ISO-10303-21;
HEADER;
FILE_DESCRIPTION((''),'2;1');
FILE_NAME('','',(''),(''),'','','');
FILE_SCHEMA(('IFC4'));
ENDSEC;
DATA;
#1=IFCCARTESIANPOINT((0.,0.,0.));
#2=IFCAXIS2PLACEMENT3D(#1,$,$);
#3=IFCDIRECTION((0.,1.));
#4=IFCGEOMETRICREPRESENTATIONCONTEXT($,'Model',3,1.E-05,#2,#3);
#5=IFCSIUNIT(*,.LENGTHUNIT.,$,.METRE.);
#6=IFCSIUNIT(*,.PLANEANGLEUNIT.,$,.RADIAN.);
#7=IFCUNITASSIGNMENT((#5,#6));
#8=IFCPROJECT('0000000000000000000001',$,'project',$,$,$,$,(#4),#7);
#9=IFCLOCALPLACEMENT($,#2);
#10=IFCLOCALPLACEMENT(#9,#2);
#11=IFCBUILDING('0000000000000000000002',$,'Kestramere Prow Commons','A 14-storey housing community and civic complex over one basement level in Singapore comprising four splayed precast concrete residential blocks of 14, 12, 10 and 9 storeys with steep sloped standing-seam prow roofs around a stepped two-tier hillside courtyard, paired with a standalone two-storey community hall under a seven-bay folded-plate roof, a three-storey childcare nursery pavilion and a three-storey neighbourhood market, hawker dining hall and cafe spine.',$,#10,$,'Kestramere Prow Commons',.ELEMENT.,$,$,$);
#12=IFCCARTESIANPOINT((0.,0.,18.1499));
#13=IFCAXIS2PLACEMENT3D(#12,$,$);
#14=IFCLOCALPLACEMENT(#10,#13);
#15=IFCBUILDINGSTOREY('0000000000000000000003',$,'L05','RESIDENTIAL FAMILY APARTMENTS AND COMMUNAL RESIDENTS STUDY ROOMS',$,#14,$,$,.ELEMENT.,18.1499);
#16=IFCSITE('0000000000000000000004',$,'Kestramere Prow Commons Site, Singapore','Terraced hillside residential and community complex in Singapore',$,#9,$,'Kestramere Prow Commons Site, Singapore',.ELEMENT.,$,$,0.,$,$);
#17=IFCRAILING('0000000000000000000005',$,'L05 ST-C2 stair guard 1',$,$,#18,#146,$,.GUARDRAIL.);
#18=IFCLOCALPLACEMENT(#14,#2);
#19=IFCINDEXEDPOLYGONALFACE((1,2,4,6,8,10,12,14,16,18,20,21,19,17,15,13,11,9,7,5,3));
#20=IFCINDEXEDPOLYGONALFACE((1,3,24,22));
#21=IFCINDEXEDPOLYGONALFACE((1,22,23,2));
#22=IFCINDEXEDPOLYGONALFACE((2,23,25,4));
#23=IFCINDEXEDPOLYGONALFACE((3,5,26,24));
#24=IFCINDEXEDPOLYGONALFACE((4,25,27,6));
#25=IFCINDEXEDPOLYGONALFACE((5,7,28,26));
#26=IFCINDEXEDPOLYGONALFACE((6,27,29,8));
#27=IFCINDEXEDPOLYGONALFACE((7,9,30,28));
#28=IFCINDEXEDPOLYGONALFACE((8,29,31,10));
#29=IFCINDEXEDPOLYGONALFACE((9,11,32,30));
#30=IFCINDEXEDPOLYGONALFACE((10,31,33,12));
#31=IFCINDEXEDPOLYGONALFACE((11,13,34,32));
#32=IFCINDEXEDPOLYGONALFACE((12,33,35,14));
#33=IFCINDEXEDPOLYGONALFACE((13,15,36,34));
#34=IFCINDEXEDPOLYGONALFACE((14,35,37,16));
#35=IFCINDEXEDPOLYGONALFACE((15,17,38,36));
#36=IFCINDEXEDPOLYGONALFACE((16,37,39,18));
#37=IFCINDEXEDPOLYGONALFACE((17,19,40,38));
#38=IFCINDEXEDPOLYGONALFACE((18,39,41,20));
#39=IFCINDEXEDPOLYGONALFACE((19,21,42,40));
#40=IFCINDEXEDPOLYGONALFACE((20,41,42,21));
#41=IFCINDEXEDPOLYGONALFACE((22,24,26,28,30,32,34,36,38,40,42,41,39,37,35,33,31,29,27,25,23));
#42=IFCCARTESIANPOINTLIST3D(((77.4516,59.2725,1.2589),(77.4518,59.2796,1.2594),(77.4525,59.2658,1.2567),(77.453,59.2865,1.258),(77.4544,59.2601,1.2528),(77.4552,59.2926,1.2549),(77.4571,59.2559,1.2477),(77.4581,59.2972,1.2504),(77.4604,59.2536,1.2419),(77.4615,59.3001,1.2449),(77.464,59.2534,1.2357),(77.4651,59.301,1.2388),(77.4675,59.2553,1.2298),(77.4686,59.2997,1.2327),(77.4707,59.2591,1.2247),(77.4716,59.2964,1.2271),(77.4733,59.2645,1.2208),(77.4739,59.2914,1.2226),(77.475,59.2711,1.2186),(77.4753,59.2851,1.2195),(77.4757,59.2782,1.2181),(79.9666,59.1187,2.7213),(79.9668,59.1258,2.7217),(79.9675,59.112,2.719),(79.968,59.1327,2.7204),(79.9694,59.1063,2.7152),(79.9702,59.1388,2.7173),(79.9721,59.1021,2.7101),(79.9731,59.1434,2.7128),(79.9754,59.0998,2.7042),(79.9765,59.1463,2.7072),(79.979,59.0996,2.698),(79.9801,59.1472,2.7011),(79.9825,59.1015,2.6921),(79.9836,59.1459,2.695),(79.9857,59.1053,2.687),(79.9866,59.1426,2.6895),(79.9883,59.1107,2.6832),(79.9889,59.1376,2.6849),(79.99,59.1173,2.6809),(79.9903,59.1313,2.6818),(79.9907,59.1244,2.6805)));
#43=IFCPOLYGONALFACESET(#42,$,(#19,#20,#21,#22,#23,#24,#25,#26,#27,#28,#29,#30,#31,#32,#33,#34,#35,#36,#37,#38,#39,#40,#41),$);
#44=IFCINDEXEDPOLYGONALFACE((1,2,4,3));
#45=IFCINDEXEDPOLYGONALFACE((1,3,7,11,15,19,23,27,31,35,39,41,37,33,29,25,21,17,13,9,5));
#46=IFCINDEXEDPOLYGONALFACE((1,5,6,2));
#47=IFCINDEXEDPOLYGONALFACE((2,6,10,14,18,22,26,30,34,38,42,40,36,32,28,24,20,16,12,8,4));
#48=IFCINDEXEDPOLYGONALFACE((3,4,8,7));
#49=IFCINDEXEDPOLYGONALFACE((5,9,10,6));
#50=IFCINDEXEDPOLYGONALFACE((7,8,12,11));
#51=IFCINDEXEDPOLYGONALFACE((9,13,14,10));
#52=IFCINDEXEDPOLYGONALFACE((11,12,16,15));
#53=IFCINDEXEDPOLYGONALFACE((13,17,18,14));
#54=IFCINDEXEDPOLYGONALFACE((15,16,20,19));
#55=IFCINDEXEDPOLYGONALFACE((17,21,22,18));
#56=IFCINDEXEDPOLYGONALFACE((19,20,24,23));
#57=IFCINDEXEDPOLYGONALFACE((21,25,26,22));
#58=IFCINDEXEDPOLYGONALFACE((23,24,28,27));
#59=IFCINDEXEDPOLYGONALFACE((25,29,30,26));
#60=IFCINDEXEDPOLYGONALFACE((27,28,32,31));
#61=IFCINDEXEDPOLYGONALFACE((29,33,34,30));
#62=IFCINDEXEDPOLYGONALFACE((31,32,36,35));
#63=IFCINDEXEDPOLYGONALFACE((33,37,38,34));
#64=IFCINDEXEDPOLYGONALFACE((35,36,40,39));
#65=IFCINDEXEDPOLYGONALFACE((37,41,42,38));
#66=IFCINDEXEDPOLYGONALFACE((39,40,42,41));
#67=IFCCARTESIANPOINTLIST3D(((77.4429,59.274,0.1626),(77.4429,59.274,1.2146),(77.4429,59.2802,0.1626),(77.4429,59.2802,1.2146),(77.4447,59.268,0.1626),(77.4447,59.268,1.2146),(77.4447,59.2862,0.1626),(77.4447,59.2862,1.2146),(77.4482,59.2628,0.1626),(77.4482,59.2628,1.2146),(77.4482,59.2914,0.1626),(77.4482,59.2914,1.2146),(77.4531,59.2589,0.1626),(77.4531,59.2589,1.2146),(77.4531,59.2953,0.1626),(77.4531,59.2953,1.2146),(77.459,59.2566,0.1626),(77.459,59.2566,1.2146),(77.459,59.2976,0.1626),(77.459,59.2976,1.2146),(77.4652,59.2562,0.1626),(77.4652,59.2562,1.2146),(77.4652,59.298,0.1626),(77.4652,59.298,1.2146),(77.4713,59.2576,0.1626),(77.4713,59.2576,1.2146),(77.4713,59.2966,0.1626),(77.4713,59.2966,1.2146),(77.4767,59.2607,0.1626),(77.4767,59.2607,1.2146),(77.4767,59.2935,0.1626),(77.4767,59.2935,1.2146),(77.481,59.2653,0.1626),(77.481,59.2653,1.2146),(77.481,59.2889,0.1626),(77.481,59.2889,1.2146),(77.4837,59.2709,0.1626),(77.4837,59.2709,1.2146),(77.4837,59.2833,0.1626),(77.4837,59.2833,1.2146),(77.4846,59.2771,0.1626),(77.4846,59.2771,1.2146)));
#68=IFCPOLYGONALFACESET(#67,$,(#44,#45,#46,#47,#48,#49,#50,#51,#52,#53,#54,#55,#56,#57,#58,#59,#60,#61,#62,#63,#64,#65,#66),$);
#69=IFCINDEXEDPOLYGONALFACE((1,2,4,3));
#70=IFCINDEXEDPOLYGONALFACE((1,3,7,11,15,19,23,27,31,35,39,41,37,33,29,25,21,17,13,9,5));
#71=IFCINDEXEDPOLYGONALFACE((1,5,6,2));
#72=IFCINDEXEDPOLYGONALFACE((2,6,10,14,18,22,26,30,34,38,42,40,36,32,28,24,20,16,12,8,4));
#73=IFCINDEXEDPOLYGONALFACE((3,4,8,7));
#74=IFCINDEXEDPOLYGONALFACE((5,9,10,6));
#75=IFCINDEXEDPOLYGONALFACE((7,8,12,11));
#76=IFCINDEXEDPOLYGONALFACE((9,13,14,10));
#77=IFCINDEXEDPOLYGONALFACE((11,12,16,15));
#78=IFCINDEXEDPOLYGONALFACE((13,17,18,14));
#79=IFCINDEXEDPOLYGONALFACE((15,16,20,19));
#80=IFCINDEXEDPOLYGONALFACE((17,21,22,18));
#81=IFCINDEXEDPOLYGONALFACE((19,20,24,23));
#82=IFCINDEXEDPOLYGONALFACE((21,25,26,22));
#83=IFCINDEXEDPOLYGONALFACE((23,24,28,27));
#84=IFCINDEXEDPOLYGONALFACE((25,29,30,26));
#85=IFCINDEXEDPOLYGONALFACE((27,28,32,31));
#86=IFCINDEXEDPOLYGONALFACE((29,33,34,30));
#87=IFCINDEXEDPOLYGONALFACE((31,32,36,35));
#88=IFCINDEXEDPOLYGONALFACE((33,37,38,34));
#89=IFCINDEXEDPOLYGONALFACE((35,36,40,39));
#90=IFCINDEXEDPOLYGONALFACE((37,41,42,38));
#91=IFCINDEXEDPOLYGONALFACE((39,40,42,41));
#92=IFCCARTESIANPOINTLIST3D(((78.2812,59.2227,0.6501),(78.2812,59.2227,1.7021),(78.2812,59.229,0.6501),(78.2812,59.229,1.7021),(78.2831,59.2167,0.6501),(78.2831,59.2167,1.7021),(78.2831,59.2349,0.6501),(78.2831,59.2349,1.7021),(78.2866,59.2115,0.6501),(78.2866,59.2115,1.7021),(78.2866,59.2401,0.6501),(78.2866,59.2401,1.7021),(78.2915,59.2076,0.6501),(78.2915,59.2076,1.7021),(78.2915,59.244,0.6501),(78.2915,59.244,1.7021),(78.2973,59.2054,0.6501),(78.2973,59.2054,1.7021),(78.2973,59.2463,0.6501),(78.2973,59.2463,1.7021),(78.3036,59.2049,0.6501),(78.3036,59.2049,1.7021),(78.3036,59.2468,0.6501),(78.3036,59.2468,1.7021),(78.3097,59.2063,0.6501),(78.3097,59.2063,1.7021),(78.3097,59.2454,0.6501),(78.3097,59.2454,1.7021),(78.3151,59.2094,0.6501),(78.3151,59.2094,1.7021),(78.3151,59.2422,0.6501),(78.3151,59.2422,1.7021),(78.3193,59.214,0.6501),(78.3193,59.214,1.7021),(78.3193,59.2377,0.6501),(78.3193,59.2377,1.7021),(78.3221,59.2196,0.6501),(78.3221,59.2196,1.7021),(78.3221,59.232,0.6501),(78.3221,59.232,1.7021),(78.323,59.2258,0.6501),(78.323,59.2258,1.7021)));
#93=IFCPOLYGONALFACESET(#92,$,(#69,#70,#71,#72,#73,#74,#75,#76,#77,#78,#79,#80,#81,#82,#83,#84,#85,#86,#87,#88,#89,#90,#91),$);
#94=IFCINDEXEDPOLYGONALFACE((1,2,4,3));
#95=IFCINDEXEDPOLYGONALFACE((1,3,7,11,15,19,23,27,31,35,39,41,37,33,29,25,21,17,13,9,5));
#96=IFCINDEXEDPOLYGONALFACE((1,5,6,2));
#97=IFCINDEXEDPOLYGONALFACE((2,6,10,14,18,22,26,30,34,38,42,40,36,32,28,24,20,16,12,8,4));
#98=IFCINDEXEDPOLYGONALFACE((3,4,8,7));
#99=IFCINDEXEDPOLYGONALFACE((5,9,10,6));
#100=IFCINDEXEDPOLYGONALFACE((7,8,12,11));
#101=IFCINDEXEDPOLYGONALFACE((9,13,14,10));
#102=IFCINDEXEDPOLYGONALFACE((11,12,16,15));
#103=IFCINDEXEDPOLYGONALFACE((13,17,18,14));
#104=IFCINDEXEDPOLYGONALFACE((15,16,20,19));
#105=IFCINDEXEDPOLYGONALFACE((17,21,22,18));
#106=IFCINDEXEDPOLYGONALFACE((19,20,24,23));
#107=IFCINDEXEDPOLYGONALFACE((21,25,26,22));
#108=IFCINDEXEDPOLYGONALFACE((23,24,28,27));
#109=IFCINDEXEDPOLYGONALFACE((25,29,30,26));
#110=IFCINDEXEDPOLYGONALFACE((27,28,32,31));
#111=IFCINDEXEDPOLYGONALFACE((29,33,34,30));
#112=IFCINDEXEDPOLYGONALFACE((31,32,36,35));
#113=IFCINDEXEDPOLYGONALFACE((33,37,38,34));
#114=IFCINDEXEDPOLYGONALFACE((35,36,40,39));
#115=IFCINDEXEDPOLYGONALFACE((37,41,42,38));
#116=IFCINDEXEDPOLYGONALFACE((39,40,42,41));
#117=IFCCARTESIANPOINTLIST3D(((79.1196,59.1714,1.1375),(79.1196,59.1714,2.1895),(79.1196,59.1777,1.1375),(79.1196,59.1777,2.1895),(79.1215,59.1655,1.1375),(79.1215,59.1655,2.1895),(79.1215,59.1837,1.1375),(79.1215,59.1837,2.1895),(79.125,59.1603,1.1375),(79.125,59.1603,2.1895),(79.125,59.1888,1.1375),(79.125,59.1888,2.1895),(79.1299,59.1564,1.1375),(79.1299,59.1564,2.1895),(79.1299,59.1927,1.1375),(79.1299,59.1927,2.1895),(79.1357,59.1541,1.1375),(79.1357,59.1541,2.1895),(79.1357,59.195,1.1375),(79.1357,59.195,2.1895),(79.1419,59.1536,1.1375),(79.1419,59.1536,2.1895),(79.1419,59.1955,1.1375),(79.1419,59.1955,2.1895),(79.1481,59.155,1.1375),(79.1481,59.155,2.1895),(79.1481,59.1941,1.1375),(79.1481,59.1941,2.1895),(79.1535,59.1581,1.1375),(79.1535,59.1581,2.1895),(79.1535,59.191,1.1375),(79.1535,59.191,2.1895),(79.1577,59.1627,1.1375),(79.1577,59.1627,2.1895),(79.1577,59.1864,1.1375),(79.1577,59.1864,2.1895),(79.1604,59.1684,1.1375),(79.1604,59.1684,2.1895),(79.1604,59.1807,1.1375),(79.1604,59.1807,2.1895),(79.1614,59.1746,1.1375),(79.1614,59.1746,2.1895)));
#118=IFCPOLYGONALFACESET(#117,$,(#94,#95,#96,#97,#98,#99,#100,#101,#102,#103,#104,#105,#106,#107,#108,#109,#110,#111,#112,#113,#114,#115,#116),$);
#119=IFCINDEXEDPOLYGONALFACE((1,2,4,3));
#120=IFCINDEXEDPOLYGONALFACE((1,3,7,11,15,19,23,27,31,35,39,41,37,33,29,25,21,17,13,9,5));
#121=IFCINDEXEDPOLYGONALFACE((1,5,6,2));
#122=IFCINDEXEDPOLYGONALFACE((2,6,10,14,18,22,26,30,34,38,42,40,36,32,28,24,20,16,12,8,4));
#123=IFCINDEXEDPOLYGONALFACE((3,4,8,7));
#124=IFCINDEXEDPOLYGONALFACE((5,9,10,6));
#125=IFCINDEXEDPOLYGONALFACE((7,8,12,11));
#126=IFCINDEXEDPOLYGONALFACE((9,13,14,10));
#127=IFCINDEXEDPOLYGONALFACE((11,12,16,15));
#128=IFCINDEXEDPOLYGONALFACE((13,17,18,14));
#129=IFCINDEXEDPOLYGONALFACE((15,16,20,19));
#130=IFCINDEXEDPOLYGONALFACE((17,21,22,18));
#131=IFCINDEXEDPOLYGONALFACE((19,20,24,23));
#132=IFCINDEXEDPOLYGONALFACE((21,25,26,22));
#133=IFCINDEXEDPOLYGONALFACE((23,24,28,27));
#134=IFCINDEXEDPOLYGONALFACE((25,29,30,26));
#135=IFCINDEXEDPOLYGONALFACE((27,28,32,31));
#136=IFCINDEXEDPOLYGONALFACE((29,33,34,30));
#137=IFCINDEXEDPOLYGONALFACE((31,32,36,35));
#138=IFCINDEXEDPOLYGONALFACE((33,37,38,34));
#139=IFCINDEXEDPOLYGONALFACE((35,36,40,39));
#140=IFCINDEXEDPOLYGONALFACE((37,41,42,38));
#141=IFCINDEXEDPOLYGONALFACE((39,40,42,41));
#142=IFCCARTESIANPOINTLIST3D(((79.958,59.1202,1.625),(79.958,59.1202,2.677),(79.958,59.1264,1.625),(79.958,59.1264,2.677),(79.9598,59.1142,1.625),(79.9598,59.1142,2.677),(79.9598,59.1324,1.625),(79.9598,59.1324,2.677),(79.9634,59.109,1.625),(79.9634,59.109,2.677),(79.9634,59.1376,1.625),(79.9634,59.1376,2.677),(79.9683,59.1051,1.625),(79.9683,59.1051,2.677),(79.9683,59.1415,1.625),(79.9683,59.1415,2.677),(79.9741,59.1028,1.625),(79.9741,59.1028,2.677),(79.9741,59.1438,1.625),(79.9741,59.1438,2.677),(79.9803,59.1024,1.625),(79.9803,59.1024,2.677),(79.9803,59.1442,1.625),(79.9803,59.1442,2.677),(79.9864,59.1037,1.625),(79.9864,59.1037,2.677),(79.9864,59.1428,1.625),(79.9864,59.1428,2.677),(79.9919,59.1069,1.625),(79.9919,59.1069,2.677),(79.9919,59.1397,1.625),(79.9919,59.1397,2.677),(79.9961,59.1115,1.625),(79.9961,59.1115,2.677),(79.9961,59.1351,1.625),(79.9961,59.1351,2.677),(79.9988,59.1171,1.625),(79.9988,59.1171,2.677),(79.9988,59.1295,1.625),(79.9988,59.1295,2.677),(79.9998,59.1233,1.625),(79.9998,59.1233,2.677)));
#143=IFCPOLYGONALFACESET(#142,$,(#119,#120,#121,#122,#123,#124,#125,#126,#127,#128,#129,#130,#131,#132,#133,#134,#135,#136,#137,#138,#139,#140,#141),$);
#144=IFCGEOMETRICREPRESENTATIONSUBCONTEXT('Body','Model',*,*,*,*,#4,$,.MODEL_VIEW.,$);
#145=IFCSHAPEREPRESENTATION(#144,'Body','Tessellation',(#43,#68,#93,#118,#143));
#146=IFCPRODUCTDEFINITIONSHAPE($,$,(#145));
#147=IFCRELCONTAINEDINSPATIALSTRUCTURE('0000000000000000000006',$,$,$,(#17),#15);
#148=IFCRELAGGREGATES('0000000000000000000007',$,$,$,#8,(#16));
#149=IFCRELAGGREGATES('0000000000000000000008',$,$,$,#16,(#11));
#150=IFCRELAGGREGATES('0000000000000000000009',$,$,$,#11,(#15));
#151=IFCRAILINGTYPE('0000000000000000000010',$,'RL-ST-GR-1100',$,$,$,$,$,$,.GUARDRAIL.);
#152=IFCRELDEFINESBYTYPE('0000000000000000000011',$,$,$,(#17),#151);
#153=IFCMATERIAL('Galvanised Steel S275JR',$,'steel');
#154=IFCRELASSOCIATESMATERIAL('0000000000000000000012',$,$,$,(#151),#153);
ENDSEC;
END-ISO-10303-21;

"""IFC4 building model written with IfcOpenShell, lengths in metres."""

from ifc_helpers import new_model, si_unit, direction, frame, origin, origin_2d, place, context, subcontext, project, spatial, circle, extrude, material, type_object, element, save


model = new_model("IFC4")

# Units and contexts
model_context = context("Model", 3, precision=1e-05, world=origin(), true_north=direction((0.0, 1.0)))
body_context = subcontext(model_context, "Body", "Model", "MODEL_VIEW")
ifc_project = project(units=[si_unit("LENGTHUNIT", "METRE"), si_unit("PLANEANGLEUNIT", "RADIAN")], contexts=[model_context])

# Site, building, storey
site_placement = place(None, origin())
site = spatial("IfcSite", under=ifc_project, at=site_placement, Name="Kestramere Prow Commons Site, Singapore", Description="Terraced hillside residential and community complex in Singapore", LongName="Kestramere Prow Commons Site, Singapore", CompositionType="ELEMENT", RefElevation=0.0)
building_placement = place(site_placement, origin())
building = spatial("IfcBuilding", under=site, at=building_placement, Name="Kestramere Prow Commons", Description="A 14-storey housing community and civic complex over one basement level in Singapore comprising four splayed precast concrete residential blocks of 14, 12, 10 and 9 storeys with steep sloped standing-seam prow roofs around a stepped two-tier hillside courtyard, paired with a standalone two-storey community hall under a seven-bay folded-plate roof, a three-storey childcare nursery pavilion and a three-storey neighbourhood market, hawker dining hall and cafe spine.", LongName="Kestramere Prow Commons", CompositionType="ELEMENT")
storey_placement = place(building_placement, frame((0.0, 0.0, 18.1499)))
storey = spatial("IfcBuildingStorey", under=building, at=storey_placement, Name="L05", Description="RESIDENTIAL FAMILY APARTMENTS AND COMMUNAL RESIDENTS STUDY ROOMS", CompositionType="ELEMENT", Elevation=18.1499)

# Railing
ifc_material_1 = material(Name="Galvanised Steel S275JR", Category="steel")
railing_type_1 = type_object("IfcRailingType", Name="RL-ST-GR-1100", PredefinedType="GUARDRAIL", material=ifc_material_1)
railing_1_placement = place(storey_placement, frame((77.4636, 59.2771, 0.1626)))
element("IfcRailing", 1, at=railing_1_placement, inside=storey, type_object=railing_type_1, Name="L05 ST-C2 stair guard 1", PredefinedType="GUARDRAIL", context=body_context, shape_type="SweptSolid", body=[
    extrude(circle(Radius=0.0239, at=origin_2d()), frame((0.0, 0.0, 1.0762), z_axis=(0.863285, -0.052793, 0.501949), x_axis=(0.061039, 0.998135, 0.0)), (0.0, 0.0, 1.0), 2.9133),
    extrude(circle(Radius=0.021, at=origin_2d()), origin(), (0.0, 0.0, 1.0), 1.052),
    extrude(circle(Radius=0.021, at=origin_2d()), frame((0.8384, -0.0513, 0.4875)), (0.0, 0.0, 1.0), 1.052),
    extrude(circle(Radius=0.021, at=origin_2d()), frame((1.6768, -0.1025, 0.9749)), (0.0, 0.0, 1.0), 1.052),
    extrude(circle(Radius=0.021, at=origin_2d()), frame((2.5151, -0.1538, 1.4624)), (0.0, 0.0, 1.0), 1.052),
])

save(model, "model.ifc")
